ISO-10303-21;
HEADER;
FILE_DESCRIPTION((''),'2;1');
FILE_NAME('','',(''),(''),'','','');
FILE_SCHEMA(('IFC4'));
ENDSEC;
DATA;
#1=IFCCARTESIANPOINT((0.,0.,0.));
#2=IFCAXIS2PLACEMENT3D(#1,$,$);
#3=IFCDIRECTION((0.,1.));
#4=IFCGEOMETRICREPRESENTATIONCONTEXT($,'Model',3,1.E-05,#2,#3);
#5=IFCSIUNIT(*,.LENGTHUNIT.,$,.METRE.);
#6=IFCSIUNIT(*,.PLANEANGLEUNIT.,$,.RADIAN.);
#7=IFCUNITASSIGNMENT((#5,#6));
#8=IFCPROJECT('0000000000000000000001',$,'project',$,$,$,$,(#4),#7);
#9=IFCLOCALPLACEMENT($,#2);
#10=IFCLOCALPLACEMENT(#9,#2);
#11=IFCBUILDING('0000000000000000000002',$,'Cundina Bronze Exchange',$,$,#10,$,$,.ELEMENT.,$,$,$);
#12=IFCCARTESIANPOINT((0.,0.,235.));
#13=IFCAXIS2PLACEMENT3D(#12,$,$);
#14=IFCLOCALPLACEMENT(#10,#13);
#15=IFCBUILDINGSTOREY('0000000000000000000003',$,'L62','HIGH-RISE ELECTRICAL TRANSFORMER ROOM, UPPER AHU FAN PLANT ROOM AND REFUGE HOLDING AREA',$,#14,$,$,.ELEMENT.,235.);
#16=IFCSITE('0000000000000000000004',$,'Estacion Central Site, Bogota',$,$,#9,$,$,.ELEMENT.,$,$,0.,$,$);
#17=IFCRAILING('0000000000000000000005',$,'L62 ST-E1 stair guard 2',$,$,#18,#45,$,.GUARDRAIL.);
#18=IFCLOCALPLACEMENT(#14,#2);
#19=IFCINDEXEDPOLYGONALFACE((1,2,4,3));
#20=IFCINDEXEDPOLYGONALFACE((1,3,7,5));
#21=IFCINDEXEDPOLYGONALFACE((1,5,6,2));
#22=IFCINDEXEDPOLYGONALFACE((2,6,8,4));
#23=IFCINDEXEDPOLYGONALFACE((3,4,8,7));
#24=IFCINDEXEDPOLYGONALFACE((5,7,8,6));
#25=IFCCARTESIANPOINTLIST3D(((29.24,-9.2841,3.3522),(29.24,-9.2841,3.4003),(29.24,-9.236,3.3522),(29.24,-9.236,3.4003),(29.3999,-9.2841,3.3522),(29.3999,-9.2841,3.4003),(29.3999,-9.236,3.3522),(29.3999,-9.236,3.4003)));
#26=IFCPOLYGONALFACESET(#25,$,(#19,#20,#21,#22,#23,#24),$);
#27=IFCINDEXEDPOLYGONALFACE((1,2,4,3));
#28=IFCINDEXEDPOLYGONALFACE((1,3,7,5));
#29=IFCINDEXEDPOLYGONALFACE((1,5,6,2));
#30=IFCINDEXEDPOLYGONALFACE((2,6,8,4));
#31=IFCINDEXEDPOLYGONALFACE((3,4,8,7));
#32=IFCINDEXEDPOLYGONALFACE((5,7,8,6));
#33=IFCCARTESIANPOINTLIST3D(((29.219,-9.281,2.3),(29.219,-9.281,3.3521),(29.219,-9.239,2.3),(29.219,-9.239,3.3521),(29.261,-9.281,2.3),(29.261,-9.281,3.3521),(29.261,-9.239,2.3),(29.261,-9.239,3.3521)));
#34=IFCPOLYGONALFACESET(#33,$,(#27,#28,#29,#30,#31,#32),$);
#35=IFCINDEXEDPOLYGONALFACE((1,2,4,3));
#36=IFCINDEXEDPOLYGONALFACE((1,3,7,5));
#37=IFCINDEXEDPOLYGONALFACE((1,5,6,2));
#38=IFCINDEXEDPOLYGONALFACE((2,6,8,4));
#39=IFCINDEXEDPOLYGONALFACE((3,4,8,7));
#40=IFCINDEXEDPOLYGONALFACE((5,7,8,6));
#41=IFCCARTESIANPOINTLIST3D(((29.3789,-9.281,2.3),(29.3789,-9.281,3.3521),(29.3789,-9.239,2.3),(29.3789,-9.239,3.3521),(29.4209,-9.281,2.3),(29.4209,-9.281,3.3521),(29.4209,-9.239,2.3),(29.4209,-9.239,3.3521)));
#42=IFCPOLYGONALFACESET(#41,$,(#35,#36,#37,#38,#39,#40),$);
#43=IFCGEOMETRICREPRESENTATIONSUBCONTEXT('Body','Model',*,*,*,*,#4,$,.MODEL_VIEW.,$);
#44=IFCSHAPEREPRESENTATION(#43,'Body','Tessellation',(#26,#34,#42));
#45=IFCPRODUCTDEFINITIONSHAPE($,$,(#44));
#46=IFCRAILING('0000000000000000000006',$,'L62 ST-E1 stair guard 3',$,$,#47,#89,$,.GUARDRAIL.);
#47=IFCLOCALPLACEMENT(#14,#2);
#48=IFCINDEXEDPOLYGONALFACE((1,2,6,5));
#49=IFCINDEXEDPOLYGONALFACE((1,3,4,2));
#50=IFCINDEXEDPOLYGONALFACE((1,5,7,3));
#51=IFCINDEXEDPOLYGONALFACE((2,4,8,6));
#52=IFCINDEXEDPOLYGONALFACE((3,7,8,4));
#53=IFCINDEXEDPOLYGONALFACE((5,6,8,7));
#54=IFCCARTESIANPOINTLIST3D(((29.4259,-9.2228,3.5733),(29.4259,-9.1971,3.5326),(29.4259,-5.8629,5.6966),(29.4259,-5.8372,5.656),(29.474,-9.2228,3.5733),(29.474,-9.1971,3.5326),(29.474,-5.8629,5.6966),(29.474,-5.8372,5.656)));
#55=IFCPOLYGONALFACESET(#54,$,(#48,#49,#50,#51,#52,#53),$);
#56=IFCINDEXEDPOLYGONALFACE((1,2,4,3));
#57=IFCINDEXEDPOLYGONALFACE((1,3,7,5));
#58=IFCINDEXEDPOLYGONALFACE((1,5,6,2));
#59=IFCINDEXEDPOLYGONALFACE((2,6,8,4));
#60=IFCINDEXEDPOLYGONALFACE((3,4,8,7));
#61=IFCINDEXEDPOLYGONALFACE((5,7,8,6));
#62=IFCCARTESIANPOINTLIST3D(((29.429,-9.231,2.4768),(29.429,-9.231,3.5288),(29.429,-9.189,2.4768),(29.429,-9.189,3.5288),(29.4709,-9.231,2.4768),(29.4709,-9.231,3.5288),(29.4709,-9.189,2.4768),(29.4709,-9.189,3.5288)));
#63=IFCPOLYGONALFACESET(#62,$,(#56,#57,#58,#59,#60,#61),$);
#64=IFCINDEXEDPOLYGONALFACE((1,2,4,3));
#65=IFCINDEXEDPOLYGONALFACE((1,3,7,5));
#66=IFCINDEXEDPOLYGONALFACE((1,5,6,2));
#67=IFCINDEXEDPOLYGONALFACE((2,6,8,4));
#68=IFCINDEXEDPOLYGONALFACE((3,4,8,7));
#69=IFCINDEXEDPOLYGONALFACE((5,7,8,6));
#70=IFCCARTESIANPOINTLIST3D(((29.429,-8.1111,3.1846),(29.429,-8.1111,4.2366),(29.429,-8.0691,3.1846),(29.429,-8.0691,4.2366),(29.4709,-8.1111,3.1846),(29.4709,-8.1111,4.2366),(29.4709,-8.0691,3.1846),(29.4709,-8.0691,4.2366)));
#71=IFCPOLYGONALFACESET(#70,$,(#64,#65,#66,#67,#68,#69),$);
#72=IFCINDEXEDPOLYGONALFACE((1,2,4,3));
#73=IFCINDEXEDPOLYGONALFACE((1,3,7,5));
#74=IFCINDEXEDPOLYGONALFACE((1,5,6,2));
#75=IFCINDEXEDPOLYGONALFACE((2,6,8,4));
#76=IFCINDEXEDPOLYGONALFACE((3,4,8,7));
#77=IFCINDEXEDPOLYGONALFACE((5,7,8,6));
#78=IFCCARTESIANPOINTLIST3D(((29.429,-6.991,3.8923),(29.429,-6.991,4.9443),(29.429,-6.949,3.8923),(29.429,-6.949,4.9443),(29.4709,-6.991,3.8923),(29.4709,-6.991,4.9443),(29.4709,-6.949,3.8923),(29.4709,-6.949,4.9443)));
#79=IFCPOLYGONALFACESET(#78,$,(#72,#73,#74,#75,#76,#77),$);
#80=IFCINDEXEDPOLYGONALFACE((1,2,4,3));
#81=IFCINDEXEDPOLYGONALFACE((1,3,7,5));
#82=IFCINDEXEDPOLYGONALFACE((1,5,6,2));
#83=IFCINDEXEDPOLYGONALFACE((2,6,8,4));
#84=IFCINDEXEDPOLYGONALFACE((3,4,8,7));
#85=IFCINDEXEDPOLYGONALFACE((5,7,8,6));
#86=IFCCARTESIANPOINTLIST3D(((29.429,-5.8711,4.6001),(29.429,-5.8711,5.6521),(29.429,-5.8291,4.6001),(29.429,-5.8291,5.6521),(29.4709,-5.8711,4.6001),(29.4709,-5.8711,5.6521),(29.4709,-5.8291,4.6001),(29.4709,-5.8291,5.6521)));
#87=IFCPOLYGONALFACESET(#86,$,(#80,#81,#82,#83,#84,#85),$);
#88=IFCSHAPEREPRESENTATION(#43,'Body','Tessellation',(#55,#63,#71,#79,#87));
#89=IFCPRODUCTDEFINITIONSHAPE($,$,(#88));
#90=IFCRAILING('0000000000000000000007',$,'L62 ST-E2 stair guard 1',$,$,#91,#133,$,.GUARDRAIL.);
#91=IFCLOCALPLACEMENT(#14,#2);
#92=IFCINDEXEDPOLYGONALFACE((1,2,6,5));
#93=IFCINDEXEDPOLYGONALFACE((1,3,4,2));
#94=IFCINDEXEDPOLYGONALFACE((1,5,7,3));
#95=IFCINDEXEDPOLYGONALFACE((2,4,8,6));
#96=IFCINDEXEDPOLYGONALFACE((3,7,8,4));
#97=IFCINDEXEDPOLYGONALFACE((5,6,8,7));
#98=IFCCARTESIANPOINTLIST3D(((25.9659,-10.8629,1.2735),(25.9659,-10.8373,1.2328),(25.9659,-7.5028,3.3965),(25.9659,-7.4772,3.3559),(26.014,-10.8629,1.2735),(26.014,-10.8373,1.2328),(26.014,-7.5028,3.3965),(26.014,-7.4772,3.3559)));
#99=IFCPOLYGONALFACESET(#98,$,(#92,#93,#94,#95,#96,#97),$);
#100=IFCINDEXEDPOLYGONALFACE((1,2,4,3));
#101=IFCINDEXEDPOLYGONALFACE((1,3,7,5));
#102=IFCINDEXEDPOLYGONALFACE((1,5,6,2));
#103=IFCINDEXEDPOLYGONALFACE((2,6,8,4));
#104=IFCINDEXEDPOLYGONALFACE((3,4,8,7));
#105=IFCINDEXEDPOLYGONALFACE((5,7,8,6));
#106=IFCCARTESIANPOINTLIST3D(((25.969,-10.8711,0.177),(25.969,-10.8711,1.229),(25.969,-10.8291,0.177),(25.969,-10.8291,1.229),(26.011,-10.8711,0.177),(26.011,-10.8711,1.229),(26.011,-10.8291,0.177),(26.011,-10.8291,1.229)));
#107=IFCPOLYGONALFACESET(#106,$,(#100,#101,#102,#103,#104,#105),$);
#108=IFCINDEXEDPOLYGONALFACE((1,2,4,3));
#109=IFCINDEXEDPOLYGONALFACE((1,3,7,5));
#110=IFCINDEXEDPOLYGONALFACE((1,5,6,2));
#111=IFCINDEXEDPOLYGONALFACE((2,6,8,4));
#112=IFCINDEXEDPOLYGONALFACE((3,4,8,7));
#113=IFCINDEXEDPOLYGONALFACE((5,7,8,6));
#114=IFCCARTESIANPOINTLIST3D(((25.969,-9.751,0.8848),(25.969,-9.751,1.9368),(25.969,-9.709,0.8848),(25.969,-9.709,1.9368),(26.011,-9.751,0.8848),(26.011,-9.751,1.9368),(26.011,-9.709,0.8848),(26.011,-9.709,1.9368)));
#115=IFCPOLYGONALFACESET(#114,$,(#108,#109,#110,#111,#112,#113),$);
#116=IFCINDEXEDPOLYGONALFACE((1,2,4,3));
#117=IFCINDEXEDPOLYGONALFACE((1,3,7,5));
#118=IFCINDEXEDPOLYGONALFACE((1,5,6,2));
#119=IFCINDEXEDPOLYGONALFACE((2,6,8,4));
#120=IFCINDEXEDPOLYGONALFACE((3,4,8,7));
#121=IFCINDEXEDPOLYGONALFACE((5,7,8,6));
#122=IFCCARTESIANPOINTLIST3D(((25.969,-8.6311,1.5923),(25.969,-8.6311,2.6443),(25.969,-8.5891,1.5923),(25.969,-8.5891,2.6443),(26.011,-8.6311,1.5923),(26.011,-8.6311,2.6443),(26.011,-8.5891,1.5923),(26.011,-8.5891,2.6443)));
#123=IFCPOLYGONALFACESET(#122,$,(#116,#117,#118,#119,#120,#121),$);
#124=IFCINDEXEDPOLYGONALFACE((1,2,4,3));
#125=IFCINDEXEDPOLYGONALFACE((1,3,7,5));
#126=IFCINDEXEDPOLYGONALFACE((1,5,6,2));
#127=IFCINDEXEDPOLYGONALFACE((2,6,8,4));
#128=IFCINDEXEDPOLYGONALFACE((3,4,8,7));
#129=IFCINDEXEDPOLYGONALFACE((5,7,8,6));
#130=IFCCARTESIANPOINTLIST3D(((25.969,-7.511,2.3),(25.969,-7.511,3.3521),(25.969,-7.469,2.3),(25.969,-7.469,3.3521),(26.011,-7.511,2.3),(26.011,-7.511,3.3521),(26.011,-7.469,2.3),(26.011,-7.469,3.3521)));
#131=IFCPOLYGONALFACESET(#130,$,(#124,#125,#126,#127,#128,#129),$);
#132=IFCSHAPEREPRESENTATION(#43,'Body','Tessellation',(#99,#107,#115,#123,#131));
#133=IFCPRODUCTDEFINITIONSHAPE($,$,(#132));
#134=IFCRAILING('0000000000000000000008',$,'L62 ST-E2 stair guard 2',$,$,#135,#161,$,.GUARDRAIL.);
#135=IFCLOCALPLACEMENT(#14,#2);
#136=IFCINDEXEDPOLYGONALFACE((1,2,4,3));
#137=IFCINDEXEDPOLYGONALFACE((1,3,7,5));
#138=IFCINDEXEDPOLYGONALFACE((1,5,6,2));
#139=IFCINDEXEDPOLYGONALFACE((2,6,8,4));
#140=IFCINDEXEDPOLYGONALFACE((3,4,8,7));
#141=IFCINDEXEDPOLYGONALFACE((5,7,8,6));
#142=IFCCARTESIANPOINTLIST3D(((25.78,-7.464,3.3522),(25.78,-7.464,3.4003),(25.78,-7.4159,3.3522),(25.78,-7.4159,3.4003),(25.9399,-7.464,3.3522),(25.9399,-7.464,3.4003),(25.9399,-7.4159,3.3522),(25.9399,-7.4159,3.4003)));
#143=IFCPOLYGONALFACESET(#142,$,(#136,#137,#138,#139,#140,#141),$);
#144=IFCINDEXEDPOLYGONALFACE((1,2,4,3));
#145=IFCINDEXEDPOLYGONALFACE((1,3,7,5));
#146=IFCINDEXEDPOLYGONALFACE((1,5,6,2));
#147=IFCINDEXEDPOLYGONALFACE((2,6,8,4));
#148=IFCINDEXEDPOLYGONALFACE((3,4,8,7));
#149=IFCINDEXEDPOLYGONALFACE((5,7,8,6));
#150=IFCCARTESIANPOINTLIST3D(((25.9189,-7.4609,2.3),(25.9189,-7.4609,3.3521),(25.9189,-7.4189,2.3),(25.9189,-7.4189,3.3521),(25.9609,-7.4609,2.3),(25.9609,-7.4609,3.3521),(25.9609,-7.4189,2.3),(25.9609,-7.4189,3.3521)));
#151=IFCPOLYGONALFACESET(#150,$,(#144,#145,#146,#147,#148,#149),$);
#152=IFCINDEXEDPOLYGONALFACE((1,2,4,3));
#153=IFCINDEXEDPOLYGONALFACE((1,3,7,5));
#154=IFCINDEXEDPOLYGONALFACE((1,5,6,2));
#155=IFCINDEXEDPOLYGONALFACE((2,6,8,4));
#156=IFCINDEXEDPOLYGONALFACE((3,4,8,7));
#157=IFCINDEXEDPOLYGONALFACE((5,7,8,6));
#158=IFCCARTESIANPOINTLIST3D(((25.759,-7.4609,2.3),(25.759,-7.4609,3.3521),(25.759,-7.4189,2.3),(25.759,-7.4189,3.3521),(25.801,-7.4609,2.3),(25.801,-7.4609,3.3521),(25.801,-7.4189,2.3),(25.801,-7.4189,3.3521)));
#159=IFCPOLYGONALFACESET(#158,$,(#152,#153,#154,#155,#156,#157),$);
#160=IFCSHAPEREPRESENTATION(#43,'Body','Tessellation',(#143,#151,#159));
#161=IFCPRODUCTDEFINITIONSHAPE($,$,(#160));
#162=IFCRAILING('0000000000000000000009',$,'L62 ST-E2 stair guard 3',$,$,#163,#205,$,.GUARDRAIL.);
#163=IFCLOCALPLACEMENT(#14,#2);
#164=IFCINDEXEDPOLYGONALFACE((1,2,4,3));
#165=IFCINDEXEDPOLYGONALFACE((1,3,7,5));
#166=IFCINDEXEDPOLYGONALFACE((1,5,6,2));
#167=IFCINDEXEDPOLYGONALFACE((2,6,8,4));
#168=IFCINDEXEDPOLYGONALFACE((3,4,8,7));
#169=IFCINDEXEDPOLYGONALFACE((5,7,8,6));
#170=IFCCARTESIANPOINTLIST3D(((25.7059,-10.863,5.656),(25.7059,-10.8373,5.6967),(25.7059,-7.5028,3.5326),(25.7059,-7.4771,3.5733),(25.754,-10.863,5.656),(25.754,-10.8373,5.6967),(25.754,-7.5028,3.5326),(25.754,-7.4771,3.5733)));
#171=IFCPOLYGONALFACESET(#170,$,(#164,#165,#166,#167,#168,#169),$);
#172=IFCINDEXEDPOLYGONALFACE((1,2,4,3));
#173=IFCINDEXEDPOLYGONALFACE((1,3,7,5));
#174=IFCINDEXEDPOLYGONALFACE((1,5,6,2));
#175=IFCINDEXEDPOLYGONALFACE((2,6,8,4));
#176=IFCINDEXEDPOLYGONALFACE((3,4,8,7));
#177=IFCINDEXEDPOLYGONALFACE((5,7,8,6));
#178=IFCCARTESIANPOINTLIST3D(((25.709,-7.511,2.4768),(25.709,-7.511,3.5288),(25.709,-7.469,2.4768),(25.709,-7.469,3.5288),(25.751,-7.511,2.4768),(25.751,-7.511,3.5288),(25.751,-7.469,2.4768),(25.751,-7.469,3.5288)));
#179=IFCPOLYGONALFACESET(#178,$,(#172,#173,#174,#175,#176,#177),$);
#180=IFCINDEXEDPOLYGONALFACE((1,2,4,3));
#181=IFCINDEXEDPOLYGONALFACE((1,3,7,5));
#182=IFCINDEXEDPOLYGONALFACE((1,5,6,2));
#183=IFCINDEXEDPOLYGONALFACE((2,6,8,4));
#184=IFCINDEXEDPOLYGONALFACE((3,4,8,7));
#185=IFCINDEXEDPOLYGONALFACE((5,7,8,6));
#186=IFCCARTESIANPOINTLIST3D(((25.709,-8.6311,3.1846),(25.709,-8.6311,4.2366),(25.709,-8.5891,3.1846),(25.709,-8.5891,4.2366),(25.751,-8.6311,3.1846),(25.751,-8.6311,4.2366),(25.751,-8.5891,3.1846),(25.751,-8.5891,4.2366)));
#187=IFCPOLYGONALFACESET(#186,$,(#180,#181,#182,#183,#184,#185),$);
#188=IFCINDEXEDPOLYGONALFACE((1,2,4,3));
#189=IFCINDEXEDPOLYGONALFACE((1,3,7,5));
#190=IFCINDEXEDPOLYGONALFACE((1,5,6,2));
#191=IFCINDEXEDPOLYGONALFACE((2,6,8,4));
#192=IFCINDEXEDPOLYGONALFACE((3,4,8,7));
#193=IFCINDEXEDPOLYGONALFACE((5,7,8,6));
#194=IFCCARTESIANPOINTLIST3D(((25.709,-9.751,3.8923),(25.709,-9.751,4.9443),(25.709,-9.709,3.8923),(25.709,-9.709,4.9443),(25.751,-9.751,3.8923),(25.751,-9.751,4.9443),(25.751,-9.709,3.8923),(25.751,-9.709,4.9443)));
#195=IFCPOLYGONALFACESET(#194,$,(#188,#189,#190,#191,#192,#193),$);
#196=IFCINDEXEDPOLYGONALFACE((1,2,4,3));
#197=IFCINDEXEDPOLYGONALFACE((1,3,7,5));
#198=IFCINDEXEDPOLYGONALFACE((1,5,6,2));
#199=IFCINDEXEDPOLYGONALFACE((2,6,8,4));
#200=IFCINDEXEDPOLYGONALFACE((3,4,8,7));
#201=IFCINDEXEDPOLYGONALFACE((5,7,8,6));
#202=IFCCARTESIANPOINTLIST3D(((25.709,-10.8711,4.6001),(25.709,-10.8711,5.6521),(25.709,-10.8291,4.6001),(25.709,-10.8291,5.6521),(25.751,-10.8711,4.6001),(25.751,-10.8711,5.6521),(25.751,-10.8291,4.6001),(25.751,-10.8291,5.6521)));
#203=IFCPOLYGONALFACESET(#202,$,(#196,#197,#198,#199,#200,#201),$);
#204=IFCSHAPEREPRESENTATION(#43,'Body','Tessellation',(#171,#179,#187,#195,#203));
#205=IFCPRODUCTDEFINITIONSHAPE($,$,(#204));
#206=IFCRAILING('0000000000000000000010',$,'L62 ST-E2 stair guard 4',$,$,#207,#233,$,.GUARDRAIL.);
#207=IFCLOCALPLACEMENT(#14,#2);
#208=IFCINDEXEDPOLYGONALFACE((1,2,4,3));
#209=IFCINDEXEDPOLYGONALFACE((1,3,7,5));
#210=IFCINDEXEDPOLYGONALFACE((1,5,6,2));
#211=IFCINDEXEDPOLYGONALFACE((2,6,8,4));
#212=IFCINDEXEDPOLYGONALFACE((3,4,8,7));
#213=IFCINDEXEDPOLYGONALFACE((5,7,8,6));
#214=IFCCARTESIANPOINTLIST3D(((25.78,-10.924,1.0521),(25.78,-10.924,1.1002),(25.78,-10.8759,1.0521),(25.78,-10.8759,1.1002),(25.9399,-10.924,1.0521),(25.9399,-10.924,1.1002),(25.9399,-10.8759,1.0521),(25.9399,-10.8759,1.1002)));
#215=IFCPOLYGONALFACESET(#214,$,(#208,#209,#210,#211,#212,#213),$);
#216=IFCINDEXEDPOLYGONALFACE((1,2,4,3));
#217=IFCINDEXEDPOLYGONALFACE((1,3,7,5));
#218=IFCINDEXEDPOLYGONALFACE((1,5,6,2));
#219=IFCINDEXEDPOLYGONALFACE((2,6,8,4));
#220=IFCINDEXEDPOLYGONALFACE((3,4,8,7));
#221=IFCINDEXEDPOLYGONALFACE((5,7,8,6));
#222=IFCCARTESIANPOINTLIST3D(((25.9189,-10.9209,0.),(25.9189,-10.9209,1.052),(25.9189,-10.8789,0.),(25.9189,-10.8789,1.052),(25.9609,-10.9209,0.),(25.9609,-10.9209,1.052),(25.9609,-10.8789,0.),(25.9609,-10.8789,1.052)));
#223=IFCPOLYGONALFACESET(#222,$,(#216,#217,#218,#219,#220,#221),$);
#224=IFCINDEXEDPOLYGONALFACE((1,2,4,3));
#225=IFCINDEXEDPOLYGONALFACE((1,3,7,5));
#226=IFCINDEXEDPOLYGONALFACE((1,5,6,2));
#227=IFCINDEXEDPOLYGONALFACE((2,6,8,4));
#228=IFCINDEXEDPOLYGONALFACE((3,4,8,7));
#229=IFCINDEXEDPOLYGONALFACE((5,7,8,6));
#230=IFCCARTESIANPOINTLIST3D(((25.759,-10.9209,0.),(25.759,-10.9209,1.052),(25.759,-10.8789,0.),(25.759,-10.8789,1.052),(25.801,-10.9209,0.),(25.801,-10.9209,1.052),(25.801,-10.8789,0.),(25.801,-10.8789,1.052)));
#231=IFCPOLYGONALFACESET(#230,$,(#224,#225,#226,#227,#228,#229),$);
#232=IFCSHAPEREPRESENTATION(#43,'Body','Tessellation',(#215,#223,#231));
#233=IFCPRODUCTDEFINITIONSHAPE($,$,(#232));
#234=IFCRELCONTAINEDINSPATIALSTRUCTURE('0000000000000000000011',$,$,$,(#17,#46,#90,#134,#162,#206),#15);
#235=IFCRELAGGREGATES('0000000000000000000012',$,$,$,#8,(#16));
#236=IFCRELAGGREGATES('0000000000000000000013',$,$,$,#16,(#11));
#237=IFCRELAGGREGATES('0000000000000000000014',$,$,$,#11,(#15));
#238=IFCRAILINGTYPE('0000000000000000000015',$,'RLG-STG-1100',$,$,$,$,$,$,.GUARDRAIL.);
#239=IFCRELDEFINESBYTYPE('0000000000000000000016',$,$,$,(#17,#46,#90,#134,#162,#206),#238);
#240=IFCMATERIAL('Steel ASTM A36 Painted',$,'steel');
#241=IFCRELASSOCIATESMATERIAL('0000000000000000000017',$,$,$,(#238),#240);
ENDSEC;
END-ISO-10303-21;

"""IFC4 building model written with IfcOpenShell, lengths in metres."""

from ifc_helpers import new_model, si_unit, direction, frame, origin, origin_2d, place, context, subcontext, project, spatial, rectangle, extrude, material, type_object, element, save


model = new_model("IFC4")

# Units and contexts
model_context = context("Model", 3, precision=1e-05, world=origin(), true_north=direction((0.0, 1.0)))
body_context = subcontext(model_context, "Body", "Model", "MODEL_VIEW")
ifc_project = project(units=[si_unit("LENGTHUNIT", "METRE"), si_unit("PLANEANGLEUNIT", "RADIAN")], contexts=[model_context])

# Site, building, storey
site_placement = place(None, origin())
site = spatial("IfcSite", under=ifc_project, at=site_placement, Name="Estacion Central Site, Bogota", CompositionType="ELEMENT", RefElevation=0.0)
building_placement = place(site_placement, origin())
building = spatial("IfcBuilding", under=site, at=building_placement, Name="Cundina Bronze Exchange", CompositionType="ELEMENT")
storey_placement = place(building_placement, frame((0.0, 0.0, 235.0)))
storey = spatial("IfcBuildingStorey", under=building, at=storey_placement, Name="L62", Description="HIGH-RISE ELECTRICAL TRANSFORMER ROOM, UPPER AHU FAN PLANT ROOM AND REFUGE HOLDING AREA", CompositionType="ELEMENT", Elevation=235.0)

# Shared definitions
ifc_material_1 = material(Name="Steel ASTM A36 Painted", Category="steel")

# Railings
railing_type_1 = type_object("IfcRailingType", Name="RLG-STG-1100", PredefinedType="GUARDRAIL", material=ifc_material_1)
railing_1_placement = place(storey_placement, frame((29.24, -9.26, 2.3)))
element("IfcRailing", 1, at=railing_1_placement, inside=storey, type_object=railing_type_1, Name="L62 ST-E1 stair guard 2", PredefinedType="GUARDRAIL", context=body_context, shape_type="SweptSolid", body=[
    extrude(rectangle(XDim=0.0481, YDim=0.0481, at=origin_2d()), frame((0.0, 0.0, 1.0762), z_axis=(1.0, 0.0, 0.0), x_axis=(0.0, 1.0, 0.0)), (0.0, 0.0, 1.0), 0.1599),
    extrude(rectangle(XDim=0.042, YDim=0.042, at=origin_2d()), origin(), (0.0, 0.0, 1.0), 1.052),
    extrude(rectangle(XDim=0.042, YDim=0.042, at=origin_2d()), frame((0.1599, 0.0, 0.0)), (0.0, 0.0, 1.0), 1.052),
])
railing_2_placement = place(storey_placement, frame((29.45, -9.21, 2.4768)))
element("IfcRailing", 2, at=railing_2_placement, inside=storey, type_object=railing_type_1, Name="L62 ST-E1 stair guard 3", PredefinedType="GUARDRAIL", context=body_context, shape_type="SweptSolid", body=[
    extrude(rectangle(XDim=0.0481, YDim=0.0481, at=origin_2d()), frame((0.0, 0.0, 1.0762), z_axis=(0.0, 0.845344, 0.534222), x_axis=(-1.0, 0.0, 0.0)), (0.0, 0.0, 1.0), 3.9746),
    extrude(rectangle(XDim=0.042, YDim=0.042, at=origin_2d()), origin(), (0.0, 0.0, 1.0), 1.052),
    extrude(rectangle(XDim=0.042, YDim=0.042, at=origin_2d()), frame((0.0, 1.1199, 0.7078)), (0.0, 0.0, 1.0), 1.052),
    extrude(rectangle(XDim=0.042, YDim=0.042, at=origin_2d()), frame((0.0, 2.24, 1.4155)), (0.0, 0.0, 1.0), 1.052),
    extrude(rectangle(XDim=0.042, YDim=0.042, at=origin_2d()), frame((0.0, 3.3599, 2.1233)), (0.0, 0.0, 1.0), 1.052),
])
railing_3_placement = place(storey_placement, frame((25.99, -10.8501, 0.177)))
element("IfcRailing", 3, at=railing_3_placement, inside=storey, type_object=railing_type_1, Name="L62 ST-E2 stair guard 1", PredefinedType="GUARDRAIL", context=body_context, shape_type="SweptSolid", body=[
    extrude(rectangle(XDim=0.0481, YDim=0.0481, at=origin_2d()), frame((0.0, 0.0, 1.0762), z_axis=(0.0, 0.84539, 0.53415), x_axis=(-1.0, 0.0, 0.0)), (0.0, 0.0, 1.0), 3.9746),
    extrude(rectangle(XDim=0.042, YDim=0.042, at=origin_2d()), origin(), (0.0, 0.0, 1.0), 1.052),
    extrude(rectangle(XDim=0.042, YDim=0.042, at=origin_2d()), frame((0.0, 1.1201, 0.7078)), (0.0, 0.0, 1.0), 1.052),
    extrude(rectangle(XDim=0.042, YDim=0.042, at=origin_2d()), frame((0.0, 2.24, 1.4153)), (0.0, 0.0, 1.0), 1.052),
    extrude(rectangle(XDim=0.042, YDim=0.042, at=origin_2d()), frame((0.0, 3.3601, 2.123)), (0.0, 0.0, 1.0), 1.052),
])
railing_4_placement = place(storey_placement, frame((25.9399, -7.4399, 2.3)))
element("IfcRailing", 4, at=railing_4_placement, inside=storey, type_object=railing_type_1, Name="L62 ST-E2 stair guard 2", PredefinedType="GUARDRAIL", context=body_context, shape_type="SweptSolid", body=[
    extrude(rectangle(XDim=0.0481, YDim=0.0481, at=origin_2d()), frame((0.0, 0.0, 1.0762), z_axis=(-1.0, 0.0, 0.0), x_axis=(0.0, -1.0, 0.0)), (0.0, 0.0, 1.0), 0.1599),
    extrude(rectangle(XDim=0.042, YDim=0.042, at=origin_2d()), origin(), (0.0, 0.0, 1.0), 1.052),
    extrude(rectangle(XDim=0.042, YDim=0.042, at=origin_2d()), frame((-0.1599, 0.0, 0.0)), (0.0, 0.0, 1.0), 1.052),
])
railing_5_placement = place(storey_placement, frame((25.73, -7.49, 2.4768)))
element("IfcRailing", 5, at=railing_5_placement, inside=storey, type_object=railing_type_1, Name="L62 ST-E2 stair guard 3", PredefinedType="GUARDRAIL", context=body_context, shape_type="SweptSolid", body=[
    extrude(rectangle(XDim=0.0481, YDim=0.0481, at=origin_2d()), frame((0.0, 0.0, 1.0762), z_axis=(0.0, -0.845362, 0.534194), x_axis=(1.0, 0.0, 0.0)), (0.0, 0.0, 1.0), 3.9749),
    extrude(rectangle(XDim=0.042, YDim=0.042, at=origin_2d()), origin(), (0.0, 0.0, 1.0), 1.052),
    extrude(rectangle(XDim=0.042, YDim=0.042, at=origin_2d()), frame((0.0, -1.1201, 0.7078)), (0.0, 0.0, 1.0), 1.052),
    extrude(rectangle(XDim=0.042, YDim=0.042, at=origin_2d()), frame((0.0, -2.24, 1.4155)), (0.0, 0.0, 1.0), 1.052),
    extrude(rectangle(XDim=0.042, YDim=0.042, at=origin_2d()), frame((0.0, -3.3601, 2.1233)), (0.0, 0.0, 1.0), 1.052),
])
railing_6_placement = place(storey_placement, frame((25.9399, -10.8999, 0.0)))
element("IfcRailing", 6, at=railing_6_placement, inside=storey, type_object=railing_type_1, Name="L62 ST-E2 stair guard 4", PredefinedType="GUARDRAIL", context=body_context, shape_type="SweptSolid", body=[
    extrude(rectangle(XDim=0.0481, YDim=0.0481, at=origin_2d()), frame((0.0, 0.0, 1.0762), z_axis=(-1.0, 0.0, 0.0), x_axis=(0.0, -1.0, 0.0)), (0.0, 0.0, 1.0), 0.1599),
    extrude(rectangle(XDim=0.042, YDim=0.042, at=origin_2d()), origin(), (0.0, 0.0, 1.0), 1.052),
    extrude(rectangle(XDim=0.042, YDim=0.042, at=origin_2d()), frame((-0.1599, 0.0, 0.0)), (0.0, 0.0, 1.0), 1.052),
])

save(model, "model.ifc")
